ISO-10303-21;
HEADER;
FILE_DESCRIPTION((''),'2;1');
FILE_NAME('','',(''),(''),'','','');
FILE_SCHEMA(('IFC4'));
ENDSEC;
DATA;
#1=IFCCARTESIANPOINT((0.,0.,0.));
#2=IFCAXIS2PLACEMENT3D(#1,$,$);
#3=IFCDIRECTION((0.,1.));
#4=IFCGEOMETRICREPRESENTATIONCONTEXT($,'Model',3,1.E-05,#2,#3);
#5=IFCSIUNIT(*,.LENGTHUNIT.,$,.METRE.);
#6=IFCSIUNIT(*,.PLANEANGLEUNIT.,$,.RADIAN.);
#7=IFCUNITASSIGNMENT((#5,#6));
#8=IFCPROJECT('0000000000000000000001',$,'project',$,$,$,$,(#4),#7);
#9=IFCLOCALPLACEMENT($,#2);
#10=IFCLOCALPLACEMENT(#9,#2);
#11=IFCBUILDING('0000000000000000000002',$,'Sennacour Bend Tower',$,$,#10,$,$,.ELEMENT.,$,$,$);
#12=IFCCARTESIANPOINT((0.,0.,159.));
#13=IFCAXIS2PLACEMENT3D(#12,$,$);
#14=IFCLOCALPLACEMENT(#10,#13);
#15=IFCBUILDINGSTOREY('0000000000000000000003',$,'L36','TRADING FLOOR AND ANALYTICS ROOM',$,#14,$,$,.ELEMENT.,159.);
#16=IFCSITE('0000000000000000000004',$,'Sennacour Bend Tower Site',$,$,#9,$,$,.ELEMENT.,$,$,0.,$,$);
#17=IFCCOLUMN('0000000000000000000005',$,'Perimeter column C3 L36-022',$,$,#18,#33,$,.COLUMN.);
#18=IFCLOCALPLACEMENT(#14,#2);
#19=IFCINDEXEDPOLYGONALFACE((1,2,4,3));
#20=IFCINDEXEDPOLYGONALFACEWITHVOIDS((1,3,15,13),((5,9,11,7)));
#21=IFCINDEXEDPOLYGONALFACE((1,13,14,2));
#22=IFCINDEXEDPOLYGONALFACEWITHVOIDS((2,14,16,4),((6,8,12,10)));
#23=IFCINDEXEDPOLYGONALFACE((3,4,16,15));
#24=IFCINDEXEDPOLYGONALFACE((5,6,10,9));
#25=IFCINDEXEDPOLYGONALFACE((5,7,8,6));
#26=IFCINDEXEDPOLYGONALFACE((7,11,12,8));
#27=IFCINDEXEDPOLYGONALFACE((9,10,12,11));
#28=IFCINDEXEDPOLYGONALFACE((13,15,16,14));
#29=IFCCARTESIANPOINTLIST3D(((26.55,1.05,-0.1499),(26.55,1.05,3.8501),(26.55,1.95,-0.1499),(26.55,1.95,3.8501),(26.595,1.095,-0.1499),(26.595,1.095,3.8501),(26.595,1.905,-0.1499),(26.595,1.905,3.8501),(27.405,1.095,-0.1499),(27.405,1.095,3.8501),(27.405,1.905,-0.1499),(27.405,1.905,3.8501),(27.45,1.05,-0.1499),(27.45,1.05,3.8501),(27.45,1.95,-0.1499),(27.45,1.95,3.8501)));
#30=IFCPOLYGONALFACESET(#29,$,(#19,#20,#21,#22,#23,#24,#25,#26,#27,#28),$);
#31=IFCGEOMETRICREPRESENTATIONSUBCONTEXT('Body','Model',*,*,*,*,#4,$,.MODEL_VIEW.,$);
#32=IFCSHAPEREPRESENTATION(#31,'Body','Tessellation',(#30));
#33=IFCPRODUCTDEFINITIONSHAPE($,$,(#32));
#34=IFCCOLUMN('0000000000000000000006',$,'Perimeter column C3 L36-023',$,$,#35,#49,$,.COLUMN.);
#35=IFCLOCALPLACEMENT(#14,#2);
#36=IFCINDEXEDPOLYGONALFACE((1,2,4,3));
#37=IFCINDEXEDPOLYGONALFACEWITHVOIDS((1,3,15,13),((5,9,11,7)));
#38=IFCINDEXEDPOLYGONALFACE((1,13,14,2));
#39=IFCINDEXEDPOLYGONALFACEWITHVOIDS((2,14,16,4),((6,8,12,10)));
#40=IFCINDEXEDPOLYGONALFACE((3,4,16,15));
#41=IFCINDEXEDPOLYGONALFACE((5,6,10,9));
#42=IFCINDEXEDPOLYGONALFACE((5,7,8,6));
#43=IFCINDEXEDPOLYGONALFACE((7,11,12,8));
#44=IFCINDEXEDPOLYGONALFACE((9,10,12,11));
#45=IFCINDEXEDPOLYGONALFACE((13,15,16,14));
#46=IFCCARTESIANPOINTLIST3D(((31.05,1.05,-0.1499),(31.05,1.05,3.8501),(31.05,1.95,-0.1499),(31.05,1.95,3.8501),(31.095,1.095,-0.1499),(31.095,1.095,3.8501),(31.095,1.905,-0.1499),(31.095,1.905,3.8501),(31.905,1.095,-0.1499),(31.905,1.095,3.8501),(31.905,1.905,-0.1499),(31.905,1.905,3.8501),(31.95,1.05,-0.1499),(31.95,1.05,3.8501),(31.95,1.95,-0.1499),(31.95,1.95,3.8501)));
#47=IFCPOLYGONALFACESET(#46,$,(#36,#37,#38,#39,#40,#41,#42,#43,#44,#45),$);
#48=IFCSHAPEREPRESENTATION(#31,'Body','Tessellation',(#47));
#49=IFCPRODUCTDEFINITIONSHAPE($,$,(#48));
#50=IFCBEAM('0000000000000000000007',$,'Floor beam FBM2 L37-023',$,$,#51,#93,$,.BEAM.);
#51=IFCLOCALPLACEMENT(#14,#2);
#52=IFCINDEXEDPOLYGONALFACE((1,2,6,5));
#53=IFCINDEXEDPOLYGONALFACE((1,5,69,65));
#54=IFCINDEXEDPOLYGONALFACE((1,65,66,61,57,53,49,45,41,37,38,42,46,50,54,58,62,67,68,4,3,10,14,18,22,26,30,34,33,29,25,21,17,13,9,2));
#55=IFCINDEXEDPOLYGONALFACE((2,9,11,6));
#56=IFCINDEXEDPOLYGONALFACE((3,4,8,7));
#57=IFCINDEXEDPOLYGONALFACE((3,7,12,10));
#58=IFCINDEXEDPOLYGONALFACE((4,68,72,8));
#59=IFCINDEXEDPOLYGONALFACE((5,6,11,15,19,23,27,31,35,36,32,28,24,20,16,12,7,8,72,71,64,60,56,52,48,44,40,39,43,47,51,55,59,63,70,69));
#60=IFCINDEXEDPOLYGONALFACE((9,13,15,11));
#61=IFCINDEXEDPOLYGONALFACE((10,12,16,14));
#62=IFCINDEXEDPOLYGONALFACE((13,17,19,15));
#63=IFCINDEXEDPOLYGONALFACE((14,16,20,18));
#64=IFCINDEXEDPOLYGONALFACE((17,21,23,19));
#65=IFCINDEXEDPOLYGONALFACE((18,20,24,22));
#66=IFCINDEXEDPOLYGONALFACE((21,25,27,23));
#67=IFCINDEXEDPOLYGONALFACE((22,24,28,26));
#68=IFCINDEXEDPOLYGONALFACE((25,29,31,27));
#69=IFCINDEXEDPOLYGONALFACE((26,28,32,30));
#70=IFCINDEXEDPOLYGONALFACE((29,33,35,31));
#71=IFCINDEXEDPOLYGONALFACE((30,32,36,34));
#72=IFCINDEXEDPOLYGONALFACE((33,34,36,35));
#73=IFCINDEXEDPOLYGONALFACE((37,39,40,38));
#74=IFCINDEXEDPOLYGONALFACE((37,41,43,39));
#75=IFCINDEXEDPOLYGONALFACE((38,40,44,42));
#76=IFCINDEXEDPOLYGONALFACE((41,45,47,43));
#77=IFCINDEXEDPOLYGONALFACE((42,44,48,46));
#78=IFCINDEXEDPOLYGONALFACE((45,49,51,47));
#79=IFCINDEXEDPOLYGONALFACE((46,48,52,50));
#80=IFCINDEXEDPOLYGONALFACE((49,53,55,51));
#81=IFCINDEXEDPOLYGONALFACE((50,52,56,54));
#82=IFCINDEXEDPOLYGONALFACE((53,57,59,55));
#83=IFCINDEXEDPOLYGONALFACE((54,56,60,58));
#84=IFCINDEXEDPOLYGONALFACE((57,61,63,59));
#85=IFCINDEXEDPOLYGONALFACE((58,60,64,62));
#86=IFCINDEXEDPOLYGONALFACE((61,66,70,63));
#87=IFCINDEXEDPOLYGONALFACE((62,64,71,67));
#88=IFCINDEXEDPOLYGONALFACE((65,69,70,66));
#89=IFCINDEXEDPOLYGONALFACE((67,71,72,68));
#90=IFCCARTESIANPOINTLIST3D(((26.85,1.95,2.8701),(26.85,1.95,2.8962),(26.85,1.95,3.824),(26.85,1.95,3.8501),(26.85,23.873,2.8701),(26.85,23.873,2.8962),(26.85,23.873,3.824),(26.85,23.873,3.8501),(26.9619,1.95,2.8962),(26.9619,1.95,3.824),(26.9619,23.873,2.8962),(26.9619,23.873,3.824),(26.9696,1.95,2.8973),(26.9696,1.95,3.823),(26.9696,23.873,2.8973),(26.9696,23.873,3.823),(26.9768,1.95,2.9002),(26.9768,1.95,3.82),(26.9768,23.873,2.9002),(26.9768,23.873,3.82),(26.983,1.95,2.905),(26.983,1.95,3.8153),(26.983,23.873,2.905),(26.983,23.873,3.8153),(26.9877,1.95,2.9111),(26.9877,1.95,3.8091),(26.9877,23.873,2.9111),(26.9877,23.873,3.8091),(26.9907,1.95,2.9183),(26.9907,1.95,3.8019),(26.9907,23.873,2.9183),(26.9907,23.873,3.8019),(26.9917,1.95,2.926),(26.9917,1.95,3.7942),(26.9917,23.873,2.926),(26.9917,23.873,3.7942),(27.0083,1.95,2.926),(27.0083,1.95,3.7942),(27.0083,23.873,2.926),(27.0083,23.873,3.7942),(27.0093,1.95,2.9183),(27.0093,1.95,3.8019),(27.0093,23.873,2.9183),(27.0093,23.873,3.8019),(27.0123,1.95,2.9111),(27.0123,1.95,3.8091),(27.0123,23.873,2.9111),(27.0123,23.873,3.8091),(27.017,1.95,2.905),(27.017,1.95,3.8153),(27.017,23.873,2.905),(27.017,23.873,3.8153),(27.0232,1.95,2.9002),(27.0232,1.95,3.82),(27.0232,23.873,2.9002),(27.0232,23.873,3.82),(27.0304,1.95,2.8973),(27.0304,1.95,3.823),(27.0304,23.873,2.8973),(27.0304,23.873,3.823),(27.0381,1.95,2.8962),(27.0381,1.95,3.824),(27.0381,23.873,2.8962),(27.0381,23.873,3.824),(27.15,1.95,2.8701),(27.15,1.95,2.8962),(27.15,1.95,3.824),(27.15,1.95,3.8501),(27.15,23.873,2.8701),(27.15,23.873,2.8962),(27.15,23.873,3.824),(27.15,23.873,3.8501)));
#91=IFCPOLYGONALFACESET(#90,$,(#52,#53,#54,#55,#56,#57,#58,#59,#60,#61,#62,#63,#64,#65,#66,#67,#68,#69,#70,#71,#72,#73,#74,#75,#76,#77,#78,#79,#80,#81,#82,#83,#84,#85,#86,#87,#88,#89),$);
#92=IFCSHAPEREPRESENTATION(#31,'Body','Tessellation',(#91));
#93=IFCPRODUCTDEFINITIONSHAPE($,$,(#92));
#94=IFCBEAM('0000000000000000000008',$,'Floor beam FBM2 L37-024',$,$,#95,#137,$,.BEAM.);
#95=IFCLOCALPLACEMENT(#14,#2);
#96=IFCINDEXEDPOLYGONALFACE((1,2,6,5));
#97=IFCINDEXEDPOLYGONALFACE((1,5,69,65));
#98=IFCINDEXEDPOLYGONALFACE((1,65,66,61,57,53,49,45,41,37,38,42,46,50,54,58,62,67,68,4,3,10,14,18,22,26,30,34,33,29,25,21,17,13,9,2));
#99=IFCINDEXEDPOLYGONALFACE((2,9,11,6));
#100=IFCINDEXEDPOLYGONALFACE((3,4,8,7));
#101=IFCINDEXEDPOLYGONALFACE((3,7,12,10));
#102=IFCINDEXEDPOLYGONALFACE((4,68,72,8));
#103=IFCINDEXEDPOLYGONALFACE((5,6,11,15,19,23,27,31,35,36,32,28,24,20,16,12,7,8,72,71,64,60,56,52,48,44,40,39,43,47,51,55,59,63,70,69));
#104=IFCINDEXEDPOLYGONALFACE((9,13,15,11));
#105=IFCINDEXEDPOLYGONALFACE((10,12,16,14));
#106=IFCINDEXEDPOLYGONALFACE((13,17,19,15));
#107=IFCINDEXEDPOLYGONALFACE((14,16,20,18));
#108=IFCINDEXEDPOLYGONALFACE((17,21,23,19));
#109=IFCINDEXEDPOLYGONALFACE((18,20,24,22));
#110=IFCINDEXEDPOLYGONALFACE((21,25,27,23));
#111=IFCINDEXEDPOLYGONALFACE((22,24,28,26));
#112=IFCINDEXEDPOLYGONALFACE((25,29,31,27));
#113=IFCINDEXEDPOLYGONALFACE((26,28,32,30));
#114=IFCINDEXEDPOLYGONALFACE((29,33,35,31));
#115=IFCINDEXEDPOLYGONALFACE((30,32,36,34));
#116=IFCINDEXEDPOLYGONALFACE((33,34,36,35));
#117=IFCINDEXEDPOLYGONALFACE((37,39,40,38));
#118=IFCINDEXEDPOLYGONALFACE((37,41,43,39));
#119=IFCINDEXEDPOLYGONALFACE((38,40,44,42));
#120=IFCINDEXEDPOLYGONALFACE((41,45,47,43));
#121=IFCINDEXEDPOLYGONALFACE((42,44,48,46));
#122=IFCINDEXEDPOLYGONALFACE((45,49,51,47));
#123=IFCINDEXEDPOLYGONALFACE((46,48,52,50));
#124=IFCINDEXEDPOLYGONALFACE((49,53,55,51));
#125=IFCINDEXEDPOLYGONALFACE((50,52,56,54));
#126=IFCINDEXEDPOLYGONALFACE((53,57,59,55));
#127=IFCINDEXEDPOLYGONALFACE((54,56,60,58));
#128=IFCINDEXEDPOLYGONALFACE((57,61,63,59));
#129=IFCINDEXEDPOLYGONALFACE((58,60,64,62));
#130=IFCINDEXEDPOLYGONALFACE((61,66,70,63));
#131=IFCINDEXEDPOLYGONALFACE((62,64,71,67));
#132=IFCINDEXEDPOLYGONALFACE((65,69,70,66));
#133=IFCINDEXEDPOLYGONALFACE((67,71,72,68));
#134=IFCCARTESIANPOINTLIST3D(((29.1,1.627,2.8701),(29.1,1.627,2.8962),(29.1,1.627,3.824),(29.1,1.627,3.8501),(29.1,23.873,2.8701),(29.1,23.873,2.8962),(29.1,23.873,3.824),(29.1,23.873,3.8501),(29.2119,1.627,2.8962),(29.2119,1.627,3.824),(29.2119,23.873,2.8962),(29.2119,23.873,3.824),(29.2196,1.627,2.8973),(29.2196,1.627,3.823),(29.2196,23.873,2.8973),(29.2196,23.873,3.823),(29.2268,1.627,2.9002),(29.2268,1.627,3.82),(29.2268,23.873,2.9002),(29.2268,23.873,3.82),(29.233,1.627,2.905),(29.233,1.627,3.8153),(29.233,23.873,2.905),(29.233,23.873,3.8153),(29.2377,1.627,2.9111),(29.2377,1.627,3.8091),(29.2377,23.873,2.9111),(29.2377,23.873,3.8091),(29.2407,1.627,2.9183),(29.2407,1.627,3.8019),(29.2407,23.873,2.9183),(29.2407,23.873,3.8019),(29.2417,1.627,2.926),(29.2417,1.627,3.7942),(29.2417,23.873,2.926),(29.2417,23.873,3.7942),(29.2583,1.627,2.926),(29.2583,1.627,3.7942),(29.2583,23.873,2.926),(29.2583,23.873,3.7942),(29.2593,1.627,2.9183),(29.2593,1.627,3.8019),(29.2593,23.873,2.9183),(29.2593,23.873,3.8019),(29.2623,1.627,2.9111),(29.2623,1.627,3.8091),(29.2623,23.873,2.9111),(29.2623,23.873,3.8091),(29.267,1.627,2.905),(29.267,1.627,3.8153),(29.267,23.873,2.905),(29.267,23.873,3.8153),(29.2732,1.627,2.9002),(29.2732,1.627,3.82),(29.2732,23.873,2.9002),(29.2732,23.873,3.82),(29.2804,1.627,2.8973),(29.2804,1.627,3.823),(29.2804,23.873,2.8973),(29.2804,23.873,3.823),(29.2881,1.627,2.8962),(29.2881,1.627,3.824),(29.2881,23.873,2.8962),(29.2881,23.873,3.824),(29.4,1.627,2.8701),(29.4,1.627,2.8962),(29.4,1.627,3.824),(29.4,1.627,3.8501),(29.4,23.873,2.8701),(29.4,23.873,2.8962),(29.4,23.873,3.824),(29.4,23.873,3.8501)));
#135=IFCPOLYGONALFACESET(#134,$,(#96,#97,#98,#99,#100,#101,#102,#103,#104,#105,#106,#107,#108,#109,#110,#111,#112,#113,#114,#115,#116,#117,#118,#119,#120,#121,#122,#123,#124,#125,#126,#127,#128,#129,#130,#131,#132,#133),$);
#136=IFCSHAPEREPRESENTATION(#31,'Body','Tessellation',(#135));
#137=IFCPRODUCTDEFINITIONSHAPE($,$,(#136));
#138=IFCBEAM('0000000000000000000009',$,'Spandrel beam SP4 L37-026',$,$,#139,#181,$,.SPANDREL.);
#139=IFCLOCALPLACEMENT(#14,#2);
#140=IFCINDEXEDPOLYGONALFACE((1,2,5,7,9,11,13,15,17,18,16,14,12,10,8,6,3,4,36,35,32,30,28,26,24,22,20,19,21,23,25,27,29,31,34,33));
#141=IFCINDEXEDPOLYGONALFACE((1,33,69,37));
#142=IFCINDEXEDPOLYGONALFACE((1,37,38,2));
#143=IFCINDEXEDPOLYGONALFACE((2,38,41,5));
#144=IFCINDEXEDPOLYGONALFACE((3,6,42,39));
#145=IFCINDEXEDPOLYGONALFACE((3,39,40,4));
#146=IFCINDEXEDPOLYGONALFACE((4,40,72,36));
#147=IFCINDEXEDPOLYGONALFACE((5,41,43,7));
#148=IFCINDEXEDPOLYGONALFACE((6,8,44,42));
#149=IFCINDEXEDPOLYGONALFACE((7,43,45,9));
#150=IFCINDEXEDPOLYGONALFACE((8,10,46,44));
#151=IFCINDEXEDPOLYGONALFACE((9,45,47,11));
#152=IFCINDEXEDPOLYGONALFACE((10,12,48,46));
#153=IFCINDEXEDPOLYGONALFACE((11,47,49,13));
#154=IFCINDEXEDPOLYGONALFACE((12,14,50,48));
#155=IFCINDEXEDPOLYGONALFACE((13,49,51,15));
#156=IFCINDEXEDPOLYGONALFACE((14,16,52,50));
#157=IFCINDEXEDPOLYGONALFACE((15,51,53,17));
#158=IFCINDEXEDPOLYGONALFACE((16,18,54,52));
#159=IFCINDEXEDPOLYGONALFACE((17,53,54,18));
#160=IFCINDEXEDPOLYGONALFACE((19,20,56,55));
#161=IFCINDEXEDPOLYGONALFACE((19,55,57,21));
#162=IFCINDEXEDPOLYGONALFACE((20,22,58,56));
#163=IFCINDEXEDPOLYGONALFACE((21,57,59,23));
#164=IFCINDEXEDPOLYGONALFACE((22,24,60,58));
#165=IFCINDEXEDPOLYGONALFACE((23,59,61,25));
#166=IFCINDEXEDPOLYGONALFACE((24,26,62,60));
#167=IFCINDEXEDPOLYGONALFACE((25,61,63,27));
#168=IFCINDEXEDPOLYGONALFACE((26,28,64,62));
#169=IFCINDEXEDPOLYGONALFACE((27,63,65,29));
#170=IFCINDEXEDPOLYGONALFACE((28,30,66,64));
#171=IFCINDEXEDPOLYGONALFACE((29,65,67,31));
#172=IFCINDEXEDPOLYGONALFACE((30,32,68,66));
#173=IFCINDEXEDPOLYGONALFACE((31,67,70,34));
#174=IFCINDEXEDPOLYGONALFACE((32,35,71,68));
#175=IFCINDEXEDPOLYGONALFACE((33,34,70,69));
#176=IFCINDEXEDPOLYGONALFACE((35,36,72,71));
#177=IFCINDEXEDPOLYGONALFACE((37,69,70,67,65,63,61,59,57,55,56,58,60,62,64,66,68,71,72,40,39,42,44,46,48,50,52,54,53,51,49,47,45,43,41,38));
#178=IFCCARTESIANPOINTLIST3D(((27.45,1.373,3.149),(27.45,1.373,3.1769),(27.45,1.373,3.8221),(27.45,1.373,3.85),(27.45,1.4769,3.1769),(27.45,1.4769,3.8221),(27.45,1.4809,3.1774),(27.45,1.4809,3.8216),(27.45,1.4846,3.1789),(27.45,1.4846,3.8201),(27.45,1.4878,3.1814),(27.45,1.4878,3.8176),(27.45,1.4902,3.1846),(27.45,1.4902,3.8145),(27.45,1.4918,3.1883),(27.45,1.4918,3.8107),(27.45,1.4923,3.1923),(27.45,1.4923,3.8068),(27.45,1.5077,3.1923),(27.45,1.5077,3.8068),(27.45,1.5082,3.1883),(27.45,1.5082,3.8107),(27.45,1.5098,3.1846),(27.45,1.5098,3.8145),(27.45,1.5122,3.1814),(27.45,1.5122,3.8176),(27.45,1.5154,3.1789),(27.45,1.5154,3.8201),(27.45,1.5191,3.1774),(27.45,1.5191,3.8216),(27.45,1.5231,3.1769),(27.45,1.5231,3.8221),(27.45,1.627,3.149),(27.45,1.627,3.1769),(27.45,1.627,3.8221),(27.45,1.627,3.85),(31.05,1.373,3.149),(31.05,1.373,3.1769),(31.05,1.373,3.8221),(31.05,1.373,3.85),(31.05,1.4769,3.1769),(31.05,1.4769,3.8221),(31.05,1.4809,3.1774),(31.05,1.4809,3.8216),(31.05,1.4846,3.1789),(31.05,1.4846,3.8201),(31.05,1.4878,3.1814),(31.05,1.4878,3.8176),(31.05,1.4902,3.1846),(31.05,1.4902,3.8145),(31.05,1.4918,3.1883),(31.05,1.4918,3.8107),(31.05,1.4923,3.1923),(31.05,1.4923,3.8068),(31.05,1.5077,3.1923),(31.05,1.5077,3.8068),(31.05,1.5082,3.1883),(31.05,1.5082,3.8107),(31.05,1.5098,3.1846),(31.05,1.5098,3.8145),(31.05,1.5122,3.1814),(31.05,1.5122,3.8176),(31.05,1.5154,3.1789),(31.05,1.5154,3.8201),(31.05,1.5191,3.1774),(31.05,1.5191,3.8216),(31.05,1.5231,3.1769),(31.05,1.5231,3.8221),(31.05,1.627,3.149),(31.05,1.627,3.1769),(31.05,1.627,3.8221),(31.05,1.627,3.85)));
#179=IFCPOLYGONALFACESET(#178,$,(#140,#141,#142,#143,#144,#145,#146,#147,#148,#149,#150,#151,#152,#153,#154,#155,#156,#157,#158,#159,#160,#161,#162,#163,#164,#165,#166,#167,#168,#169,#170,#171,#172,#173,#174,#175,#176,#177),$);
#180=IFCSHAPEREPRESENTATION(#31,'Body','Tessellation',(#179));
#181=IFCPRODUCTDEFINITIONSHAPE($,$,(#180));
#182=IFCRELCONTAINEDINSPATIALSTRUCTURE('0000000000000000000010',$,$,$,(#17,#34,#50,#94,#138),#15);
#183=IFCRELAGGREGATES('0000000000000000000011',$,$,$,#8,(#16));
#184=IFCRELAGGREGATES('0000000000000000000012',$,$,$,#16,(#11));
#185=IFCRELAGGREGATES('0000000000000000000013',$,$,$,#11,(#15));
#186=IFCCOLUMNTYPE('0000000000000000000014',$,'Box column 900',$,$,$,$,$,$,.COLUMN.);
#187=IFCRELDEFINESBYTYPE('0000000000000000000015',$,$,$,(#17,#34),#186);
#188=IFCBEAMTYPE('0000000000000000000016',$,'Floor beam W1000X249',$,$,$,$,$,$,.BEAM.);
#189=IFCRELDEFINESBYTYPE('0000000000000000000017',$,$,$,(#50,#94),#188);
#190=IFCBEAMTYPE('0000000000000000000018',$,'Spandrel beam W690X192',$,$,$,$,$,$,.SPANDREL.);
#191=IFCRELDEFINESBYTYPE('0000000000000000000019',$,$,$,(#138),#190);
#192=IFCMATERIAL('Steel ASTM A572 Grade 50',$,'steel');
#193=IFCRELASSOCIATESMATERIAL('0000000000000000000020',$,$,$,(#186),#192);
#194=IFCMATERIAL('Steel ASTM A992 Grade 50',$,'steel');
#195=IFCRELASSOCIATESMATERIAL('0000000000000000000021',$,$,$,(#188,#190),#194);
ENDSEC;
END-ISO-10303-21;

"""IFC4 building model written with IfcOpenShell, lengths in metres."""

from ifc_helpers import new_model, si_unit, direction, frame, origin, origin_2d, place, context, subcontext, project, spatial, hollow_rectangle, i_section, extrude, material, material_profile, profile_set, type_object, element, save


model = new_model("IFC4")

# Units and contexts
model_context = context("Model", 3, precision=1e-05, world=origin(), true_north=direction((0.0, 1.0)))
body_context = subcontext(model_context, "Body", "Model", "MODEL_VIEW")
ifc_project = project(units=[si_unit("LENGTHUNIT", "METRE"), si_unit("PLANEANGLEUNIT", "RADIAN")], contexts=[model_context])

# Site, building, storey
site_placement = place(None, origin())
site = spatial("IfcSite", under=ifc_project, at=site_placement, Name="Sennacour Bend Tower Site", CompositionType="ELEMENT", RefElevation=0.0)
building_placement = place(site_placement, origin())
building = spatial("IfcBuilding", under=site, at=building_placement, Name="Sennacour Bend Tower", CompositionType="ELEMENT")
storey_placement = place(building_placement, frame((0.0, 0.0, 159.0)))
storey = spatial("IfcBuildingStorey", under=building, at=storey_placement, Name="L36", Description="TRADING FLOOR AND ANALYTICS ROOM", CompositionType="ELEMENT", Elevation=159.0)

# Columns
ifc_material_1 = material(Name="Steel ASTM A572 Grade 50", Category="steel")
ifc_material_profile_1 = material_profile(ifc_material_1, hollow_rectangle(XDim=0.8999, YDim=0.8999, WallThickness=0.0449, at=origin_2d()), Name="Steel ASTM A572 Grade 50", Category="steel")
ifc_profile_set_1 = profile_set([ifc_material_profile_1], Name="Steel ASTM A572 Grade 50")
column_type = type_object("IfcColumnType", Name="Box column 900", PredefinedType="COLUMN", material=ifc_profile_set_1)
for number, where, z_axis, x_axis, name in (
    (1, (27.0, 1.5, -0.1499), (0.0, 0.0, 1.0), (1.0, 0.0, 0.0), "Perimeter column C3 L36-022"),
    (2, (31.5, 1.5, -0.1499), (0.0, 0.0, 1.0), (1.0, 0.0, 0.0), "Perimeter column C3 L36-023"),
):
    element("IfcColumn", number, at=place(storey_placement, frame(where, z_axis=z_axis, x_axis=x_axis)), inside=storey, type_object=column_type, Name=name, PredefinedType="COLUMN", context=body_context, shape_type="SweptSolid", body=[
        extrude(hollow_rectangle(XDim=0.8999, YDim=0.8999, WallThickness=0.0449, at=origin_2d()), origin(), (0.0, 0.0, 1.0), 4.0),
    ])

# Beams
ifc_material_2 = material(Name="Steel ASTM A992 Grade 50", Category="steel")
ifc_material_profile_2 = material_profile(ifc_material_2, i_section(OverallWidth=0.3, OverallDepth=0.98, WebThickness=0.0166, FlangeThickness=0.0261, FilletRadius=0.0298, at=origin_2d()), Name="Steel ASTM A992 Grade 50", Category="steel")
ifc_profile_set_2 = profile_set([ifc_material_profile_2], Name="Steel ASTM A992 Grade 50")
beam_type_1 = type_object("IfcBeamType", Name="Floor beam W1000X249", PredefinedType="BEAM", material=ifc_profile_set_2)
beam_1_placement = place(storey_placement, frame((27.0, 1.95, 3.3601), z_axis=(0.0, 1.0, 0.0), x_axis=(-1.0, 0.0, 0.0)))
element("IfcBeam", 3, at=beam_1_placement, inside=storey, type_object=beam_type_1, Name="Floor beam FBM2 L37-023", PredefinedType="BEAM", context=body_context, shape_type="SweptSolid", body=[
    extrude(i_section(OverallWidth=0.3, OverallDepth=0.98, WebThickness=0.0166, FlangeThickness=0.0261, FilletRadius=0.0298, at=origin_2d()), origin(), (0.0, 0.0, 1.0), 21.9231),
])
beam_2_placement = place(storey_placement, frame((29.25, 1.627, 3.3601), z_axis=(0.0, 1.0, 0.0), x_axis=(-1.0, 0.0, 0.0)))
element("IfcBeam", 4, at=beam_2_placement, inside=storey, type_object=beam_type_1, Name="Floor beam FBM2 L37-024", PredefinedType="BEAM", context=body_context, shape_type="SweptSolid", body=[
    extrude(i_section(OverallWidth=0.3, OverallDepth=0.98, WebThickness=0.0166, FlangeThickness=0.0261, FilletRadius=0.0298, at=origin_2d()), origin(), (0.0, 0.0, 1.0), 22.2461),
])
ifc_material_profile_3 = material_profile(ifc_material_2, i_section(OverallWidth=0.2539, OverallDepth=0.7009, WebThickness=0.0154, FlangeThickness=0.0278, FilletRadius=0.0154, at=origin_2d()), Name="Steel ASTM A992 Grade 50", Category="steel")
ifc_profile_set_3 = profile_set([ifc_material_profile_3], Name="Steel ASTM A992 Grade 50")
beam_type_2 = type_object("IfcBeamType", Name="Spandrel beam W690X192", PredefinedType="SPANDREL", material=ifc_profile_set_3)
for number, where, z_axis, x_axis, name in (
    (5, (31.05, 1.5, 3.4995), (-1.0, 0.0, 0.0), (0.0, -1.0, 0.0), "Spandrel beam SP4 L37-026"),
):
    element("IfcBeam", number, at=place(storey_placement, frame(where, z_axis=z_axis, x_axis=x_axis)), inside=storey, type_object=beam_type_2, Name=name, PredefinedType="SPANDREL", context=body_context, shape_type="SweptSolid", body=[
        extrude(i_section(OverallWidth=0.2539, OverallDepth=0.7009, WebThickness=0.0154, FlangeThickness=0.0278, FilletRadius=0.0154, at=origin_2d()), origin(), (0.0, 0.0, 1.0), 3.6001),
    ])

save(model, "model.ifc")
